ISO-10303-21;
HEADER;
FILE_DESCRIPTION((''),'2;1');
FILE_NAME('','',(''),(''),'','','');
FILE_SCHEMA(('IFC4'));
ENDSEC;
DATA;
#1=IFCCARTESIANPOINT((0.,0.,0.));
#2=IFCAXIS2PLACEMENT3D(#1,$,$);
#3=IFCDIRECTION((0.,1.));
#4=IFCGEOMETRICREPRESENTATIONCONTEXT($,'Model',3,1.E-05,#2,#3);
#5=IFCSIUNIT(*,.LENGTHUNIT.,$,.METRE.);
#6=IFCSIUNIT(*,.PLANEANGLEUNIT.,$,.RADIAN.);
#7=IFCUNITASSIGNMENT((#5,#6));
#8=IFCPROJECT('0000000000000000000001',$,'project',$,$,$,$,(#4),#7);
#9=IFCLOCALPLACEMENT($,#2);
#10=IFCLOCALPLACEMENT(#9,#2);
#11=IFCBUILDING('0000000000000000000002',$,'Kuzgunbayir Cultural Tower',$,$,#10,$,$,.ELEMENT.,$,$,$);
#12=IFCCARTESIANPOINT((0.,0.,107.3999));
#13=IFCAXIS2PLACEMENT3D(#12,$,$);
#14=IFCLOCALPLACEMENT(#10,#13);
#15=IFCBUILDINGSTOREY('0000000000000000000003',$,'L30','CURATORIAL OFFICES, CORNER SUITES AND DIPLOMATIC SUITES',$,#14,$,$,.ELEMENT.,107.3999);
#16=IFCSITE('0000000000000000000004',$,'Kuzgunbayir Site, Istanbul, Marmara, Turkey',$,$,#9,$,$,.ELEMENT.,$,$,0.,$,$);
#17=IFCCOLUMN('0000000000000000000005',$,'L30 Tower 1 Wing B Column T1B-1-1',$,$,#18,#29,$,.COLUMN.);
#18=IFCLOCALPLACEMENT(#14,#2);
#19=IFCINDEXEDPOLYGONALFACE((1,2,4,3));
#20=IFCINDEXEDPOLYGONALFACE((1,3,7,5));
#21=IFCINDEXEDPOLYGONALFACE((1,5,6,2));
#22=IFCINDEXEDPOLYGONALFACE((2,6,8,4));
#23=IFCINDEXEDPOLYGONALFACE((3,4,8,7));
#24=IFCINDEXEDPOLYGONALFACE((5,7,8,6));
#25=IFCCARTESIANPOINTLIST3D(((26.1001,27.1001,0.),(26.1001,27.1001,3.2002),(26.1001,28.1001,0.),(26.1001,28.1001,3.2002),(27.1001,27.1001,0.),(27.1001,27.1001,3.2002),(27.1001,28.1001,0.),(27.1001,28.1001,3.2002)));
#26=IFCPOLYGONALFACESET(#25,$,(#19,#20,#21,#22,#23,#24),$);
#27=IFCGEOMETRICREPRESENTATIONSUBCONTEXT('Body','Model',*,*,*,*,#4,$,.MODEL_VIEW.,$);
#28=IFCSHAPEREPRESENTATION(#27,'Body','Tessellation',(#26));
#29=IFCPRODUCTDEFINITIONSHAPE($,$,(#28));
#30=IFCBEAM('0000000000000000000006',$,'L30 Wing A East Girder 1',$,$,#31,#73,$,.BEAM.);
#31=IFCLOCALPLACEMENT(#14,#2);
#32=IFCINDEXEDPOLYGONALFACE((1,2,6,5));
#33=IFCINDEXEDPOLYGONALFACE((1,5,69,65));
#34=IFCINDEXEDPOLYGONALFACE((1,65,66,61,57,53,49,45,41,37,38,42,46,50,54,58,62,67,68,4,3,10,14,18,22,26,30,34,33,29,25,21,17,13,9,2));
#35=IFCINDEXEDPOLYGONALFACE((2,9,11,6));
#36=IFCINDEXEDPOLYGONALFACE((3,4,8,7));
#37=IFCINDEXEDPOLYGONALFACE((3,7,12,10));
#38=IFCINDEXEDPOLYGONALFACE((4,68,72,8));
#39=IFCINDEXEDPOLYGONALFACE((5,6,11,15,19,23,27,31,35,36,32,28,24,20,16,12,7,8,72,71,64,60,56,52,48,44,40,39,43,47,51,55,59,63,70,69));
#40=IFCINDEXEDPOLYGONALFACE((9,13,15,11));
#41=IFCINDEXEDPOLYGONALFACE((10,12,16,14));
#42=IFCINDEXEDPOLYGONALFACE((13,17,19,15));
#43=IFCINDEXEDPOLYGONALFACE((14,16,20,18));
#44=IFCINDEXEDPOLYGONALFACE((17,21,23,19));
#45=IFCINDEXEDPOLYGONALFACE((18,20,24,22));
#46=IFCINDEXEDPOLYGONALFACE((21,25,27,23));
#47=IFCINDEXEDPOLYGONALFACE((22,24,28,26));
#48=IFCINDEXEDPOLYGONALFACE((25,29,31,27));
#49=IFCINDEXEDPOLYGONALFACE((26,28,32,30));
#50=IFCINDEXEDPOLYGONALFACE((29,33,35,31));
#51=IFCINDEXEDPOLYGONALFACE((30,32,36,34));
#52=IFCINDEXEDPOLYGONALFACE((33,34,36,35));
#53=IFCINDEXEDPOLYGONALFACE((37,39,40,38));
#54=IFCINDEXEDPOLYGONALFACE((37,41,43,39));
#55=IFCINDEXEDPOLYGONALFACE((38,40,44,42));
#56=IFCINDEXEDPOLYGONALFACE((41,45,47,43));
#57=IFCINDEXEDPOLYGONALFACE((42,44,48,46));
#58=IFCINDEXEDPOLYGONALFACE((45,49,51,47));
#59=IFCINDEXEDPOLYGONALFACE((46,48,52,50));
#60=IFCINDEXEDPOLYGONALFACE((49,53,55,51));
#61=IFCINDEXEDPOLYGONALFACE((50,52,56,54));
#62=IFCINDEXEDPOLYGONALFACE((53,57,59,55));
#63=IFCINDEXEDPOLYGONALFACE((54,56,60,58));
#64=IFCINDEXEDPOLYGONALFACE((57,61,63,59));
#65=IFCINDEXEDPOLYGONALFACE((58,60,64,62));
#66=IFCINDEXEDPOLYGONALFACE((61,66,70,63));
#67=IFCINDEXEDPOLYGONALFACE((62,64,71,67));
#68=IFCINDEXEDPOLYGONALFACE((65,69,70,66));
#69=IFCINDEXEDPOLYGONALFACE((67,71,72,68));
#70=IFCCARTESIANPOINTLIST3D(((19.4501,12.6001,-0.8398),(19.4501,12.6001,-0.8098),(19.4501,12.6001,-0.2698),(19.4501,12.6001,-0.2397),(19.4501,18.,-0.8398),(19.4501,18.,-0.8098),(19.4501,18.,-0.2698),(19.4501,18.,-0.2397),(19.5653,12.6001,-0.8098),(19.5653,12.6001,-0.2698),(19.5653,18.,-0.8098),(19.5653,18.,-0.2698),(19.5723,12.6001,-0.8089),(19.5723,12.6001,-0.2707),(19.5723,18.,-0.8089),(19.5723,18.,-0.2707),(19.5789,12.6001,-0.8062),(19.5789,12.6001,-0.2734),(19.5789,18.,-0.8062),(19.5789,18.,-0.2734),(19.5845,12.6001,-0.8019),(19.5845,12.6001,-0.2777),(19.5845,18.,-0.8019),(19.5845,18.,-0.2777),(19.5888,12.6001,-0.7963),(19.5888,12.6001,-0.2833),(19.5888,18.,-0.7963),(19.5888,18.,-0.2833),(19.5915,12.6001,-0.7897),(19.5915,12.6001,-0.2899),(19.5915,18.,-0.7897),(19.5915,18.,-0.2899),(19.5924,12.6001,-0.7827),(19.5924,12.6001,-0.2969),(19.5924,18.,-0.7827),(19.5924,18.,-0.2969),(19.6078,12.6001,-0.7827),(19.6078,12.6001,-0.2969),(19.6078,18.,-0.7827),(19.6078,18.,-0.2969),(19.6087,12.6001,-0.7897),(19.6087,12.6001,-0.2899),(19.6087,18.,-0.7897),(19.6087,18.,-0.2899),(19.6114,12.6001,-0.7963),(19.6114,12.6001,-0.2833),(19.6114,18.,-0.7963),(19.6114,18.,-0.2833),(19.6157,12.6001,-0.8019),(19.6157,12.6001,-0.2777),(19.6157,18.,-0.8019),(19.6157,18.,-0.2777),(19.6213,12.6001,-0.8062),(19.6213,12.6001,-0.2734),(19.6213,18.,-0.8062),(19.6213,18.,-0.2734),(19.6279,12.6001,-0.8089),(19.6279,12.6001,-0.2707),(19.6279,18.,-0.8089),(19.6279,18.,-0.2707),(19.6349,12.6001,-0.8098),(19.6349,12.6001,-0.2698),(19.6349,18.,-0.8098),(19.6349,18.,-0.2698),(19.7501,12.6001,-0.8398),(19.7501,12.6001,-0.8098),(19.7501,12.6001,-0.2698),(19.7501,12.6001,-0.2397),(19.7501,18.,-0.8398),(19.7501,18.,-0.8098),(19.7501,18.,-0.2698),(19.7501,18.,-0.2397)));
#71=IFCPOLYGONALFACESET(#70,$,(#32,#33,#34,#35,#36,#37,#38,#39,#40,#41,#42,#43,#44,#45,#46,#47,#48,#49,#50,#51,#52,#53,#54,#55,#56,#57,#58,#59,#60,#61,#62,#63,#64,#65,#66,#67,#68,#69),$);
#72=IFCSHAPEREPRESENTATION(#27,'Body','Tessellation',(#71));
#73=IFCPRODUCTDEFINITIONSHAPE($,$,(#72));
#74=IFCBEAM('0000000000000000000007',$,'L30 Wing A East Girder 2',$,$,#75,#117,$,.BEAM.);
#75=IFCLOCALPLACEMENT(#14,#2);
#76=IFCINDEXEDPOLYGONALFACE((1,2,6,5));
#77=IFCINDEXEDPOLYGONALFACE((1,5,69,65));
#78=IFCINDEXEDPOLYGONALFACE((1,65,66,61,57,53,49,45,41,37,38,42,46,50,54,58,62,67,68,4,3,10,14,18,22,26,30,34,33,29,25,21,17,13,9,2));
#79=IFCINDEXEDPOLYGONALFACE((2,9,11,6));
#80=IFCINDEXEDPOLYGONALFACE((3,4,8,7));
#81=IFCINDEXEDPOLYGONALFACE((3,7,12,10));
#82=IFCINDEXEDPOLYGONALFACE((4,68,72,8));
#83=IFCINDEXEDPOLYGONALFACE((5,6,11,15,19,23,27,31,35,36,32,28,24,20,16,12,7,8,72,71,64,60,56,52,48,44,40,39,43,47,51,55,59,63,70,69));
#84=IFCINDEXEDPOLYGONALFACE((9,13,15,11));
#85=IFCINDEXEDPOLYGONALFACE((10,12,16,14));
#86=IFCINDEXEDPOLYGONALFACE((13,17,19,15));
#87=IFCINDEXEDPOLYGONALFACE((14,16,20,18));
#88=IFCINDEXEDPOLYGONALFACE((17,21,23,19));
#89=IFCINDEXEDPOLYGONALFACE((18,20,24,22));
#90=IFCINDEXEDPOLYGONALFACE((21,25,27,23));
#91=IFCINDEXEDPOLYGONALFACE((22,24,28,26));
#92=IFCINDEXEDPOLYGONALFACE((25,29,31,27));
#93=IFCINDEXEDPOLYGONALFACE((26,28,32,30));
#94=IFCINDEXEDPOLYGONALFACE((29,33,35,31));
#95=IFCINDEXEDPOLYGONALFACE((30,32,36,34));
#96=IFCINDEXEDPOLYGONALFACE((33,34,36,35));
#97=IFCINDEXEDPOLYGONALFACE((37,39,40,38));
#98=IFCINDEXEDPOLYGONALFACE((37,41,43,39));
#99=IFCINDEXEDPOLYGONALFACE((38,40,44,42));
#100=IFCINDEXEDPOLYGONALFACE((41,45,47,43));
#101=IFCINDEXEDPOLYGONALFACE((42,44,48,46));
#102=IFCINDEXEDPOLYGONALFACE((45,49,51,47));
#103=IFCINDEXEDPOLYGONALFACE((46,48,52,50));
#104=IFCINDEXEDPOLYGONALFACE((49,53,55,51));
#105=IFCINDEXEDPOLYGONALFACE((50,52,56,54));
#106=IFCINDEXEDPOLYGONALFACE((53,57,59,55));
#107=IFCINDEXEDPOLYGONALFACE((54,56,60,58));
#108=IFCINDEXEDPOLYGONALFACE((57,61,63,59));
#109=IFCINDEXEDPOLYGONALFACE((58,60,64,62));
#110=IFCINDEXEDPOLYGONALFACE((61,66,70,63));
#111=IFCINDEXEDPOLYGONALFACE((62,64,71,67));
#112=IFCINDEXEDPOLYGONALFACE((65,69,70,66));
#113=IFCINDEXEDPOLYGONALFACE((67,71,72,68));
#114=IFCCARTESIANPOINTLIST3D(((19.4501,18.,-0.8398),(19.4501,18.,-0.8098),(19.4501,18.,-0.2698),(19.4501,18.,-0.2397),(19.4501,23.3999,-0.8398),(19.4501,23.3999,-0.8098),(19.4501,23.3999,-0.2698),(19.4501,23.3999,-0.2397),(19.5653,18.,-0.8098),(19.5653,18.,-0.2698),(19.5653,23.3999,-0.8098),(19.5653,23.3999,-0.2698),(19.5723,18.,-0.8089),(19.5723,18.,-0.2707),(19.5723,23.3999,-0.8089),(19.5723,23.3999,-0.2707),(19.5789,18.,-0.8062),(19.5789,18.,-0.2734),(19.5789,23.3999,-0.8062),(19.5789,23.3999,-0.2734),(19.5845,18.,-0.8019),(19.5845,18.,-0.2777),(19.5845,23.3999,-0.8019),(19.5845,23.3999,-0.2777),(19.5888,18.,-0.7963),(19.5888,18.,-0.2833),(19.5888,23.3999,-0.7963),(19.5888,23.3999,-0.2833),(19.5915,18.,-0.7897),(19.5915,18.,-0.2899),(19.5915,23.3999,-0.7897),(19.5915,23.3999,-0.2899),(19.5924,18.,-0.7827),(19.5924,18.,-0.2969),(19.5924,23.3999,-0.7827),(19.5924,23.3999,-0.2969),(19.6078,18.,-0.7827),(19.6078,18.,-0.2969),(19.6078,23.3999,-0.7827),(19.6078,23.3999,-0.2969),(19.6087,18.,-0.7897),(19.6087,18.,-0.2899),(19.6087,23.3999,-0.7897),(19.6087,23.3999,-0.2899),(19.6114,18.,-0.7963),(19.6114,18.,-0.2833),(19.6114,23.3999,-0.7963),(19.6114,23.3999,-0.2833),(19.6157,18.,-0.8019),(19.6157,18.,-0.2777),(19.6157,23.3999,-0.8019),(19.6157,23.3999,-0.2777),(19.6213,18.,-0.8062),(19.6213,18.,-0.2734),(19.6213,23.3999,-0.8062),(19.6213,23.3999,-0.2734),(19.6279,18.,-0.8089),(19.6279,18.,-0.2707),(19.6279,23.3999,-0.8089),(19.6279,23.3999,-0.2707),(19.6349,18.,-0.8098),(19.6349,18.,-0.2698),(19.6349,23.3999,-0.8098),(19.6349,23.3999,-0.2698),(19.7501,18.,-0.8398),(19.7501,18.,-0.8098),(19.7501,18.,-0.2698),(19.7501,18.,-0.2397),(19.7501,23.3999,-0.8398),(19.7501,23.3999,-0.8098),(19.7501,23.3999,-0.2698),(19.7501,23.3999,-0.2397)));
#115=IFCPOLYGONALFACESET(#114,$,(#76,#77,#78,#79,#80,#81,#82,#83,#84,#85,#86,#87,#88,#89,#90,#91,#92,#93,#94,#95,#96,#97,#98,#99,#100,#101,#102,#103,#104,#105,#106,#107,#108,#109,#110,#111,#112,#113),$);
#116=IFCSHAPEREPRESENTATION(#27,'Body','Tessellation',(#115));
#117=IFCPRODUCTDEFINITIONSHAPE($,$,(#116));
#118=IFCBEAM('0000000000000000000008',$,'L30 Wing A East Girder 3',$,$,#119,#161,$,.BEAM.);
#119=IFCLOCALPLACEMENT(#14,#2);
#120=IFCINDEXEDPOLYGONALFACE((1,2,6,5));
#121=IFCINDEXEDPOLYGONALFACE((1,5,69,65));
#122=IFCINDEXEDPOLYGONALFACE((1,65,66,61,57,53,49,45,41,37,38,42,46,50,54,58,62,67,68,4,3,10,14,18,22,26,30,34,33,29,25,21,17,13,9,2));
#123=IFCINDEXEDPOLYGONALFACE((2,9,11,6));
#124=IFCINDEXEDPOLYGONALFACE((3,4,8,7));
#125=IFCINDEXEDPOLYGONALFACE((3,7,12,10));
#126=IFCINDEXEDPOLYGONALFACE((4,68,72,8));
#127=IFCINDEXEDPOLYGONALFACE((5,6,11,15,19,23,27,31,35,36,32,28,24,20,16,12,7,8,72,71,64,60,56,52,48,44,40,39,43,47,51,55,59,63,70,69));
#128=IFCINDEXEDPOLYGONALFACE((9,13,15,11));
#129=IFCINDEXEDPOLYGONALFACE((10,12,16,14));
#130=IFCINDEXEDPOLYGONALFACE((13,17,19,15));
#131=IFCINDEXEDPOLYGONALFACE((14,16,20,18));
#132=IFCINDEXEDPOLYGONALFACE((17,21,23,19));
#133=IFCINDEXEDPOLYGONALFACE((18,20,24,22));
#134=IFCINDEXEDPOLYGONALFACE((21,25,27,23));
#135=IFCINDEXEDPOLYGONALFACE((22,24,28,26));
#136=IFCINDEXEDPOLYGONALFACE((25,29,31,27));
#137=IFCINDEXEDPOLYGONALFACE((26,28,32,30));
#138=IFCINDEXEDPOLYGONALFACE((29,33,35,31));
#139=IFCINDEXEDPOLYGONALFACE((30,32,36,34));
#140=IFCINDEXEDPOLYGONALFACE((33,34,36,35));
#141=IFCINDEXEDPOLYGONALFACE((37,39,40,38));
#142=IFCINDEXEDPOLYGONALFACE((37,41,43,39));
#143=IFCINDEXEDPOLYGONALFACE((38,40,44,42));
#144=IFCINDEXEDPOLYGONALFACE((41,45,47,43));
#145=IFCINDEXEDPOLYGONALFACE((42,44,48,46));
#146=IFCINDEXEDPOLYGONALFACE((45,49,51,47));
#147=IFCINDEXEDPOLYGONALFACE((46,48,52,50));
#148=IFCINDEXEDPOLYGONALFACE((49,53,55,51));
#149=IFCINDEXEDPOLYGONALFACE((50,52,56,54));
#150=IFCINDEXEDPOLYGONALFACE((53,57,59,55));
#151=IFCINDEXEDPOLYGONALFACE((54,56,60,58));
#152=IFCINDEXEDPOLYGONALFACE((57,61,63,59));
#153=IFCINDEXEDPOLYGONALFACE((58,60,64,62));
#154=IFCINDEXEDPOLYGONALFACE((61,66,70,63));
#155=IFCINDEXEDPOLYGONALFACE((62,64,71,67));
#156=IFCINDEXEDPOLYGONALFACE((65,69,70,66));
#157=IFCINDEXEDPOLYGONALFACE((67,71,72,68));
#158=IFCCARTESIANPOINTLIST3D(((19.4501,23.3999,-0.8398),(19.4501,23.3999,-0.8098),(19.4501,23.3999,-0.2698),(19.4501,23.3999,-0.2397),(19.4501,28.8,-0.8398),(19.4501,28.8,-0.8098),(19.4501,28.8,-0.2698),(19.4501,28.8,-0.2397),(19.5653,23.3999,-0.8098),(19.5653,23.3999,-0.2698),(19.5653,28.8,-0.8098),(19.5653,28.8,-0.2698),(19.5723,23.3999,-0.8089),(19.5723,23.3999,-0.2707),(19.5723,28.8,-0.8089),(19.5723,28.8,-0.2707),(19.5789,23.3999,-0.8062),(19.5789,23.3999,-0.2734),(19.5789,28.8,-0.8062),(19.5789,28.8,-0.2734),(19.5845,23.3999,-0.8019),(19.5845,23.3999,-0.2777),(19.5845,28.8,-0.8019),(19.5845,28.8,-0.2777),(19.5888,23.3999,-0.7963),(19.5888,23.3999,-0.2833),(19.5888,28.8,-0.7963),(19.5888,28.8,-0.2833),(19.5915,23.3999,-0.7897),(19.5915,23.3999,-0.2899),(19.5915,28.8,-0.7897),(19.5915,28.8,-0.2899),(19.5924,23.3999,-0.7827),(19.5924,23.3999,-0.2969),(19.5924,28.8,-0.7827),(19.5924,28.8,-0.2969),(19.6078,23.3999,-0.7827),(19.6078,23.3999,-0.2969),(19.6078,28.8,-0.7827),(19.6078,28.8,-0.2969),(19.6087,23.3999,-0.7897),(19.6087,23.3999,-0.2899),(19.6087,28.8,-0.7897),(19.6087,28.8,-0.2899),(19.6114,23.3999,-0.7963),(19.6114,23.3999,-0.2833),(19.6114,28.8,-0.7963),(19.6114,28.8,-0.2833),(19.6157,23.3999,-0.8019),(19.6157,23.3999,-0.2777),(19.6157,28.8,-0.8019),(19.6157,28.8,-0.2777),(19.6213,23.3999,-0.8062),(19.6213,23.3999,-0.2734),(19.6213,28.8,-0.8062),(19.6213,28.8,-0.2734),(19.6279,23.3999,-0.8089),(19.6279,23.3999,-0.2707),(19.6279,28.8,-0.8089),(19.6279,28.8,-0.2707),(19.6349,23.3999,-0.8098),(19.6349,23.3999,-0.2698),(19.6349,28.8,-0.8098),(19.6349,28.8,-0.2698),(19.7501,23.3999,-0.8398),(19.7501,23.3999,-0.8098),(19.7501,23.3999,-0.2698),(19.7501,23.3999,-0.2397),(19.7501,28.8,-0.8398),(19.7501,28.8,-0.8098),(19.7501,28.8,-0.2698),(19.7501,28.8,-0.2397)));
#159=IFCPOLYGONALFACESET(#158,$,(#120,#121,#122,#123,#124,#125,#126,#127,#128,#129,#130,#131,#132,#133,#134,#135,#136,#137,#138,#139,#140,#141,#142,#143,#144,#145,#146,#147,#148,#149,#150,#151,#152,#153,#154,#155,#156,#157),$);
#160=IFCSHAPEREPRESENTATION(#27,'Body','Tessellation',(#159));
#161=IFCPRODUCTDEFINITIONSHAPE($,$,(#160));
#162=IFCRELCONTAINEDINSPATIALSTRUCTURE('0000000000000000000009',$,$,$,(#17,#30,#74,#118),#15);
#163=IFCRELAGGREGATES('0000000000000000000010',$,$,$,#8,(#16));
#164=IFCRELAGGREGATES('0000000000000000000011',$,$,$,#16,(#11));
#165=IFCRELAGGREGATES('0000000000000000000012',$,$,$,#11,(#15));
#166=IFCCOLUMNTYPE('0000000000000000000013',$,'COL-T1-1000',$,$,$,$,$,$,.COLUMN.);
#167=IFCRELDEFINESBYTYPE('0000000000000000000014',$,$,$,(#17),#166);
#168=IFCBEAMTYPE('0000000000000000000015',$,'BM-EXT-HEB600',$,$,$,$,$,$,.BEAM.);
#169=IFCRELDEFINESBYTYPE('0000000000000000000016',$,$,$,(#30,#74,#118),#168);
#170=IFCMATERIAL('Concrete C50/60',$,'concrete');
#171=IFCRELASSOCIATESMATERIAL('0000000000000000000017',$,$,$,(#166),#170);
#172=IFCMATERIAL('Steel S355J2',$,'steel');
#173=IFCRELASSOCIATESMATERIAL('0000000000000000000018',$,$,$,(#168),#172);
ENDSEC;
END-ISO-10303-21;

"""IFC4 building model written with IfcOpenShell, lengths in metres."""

from ifc_helpers import new_model, si_unit, direction, frame, origin, origin_2d, place, context, subcontext, project, spatial, rectangle, i_section, extrude, material, material_profile, profile_set, type_object, element, save


model = new_model("IFC4")

# Units and contexts
model_context = context("Model", 3, precision=1e-05, world=origin(), true_north=direction((0.0, 1.0)))
body_context = subcontext(model_context, "Body", "Model", "MODEL_VIEW")
ifc_project = project(units=[si_unit("LENGTHUNIT", "METRE"), si_unit("PLANEANGLEUNIT", "RADIAN")], contexts=[model_context])

# Site, building, storey
site_placement = place(None, origin())
site = spatial("IfcSite", under=ifc_project, at=site_placement, Name="Kuzgunbayir Site, Istanbul, Marmara, Turkey", CompositionType="ELEMENT", RefElevation=0.0)
building_placement = place(site_placement, origin())
building = spatial("IfcBuilding", under=site, at=building_placement, Name="Kuzgunbayir Cultural Tower", CompositionType="ELEMENT")
storey_placement = place(building_placement, frame((0.0, 0.0, 107.3999)))
storey = spatial("IfcBuildingStorey", under=building, at=storey_placement, Name="L30", Description="CURATORIAL OFFICES, CORNER SUITES AND DIPLOMATIC SUITES", CompositionType="ELEMENT", Elevation=107.3999)

# Column
ifc_material_1 = material(Name="Concrete C50/60", Category="concrete")
ifc_material_profile_1 = material_profile(ifc_material_1, rectangle(XDim=1.0, YDim=1.0, at=origin_2d()), Name="RC 1000x1000")
ifc_profile_set_1 = profile_set([ifc_material_profile_1], Name="Concrete C50/60")
column_type = type_object("IfcColumnType", Name="COL-T1-1000", PredefinedType="COLUMN", material=ifc_profile_set_1)
column_placement = place(storey_placement, frame((26.6001, 27.6001, 0.0), z_axis=(0.0, 0.0, 1.0), x_axis=(1.0, 0.0, 0.0)))
element("IfcColumn", 1, at=column_placement, inside=storey, type_object=column_type, Name="L30 Tower 1 Wing B Column T1B-1-1", PredefinedType="COLUMN", context=body_context, shape_type="SweptSolid", body=[
    extrude(rectangle(XDim=1.0, YDim=1.0, at=origin_2d()), origin(), (0.0, 0.0, 1.0), 3.2002),
])

# Beams
ifc_material_2 = material(Name="Steel S355J2", Category="steel")
ifc_material_profile_2 = material_profile(ifc_material_2, i_section(OverallWidth=0.3, OverallDepth=0.6001, WebThickness=0.0154, FlangeThickness=0.03, FilletRadius=0.0271, at=origin_2d()), Name="HEB 600")
ifc_profile_set_2 = profile_set([ifc_material_profile_2], Name="Steel S355J2")
beam_type = type_object("IfcBeamType", Name="BM-EXT-HEB600", PredefinedType="BEAM", material=ifc_profile_set_2)
for number, where, z_axis, x_axis, name in (
    (2, (19.6001, 12.6001, -0.5398), (0.0, 1.0, 0.0), (-1.0, 0.0, 0.0), "L30 Wing A East Girder 1"),
    (3, (19.6001, 18.0, -0.5398), (0.0, 1.0, 0.0), (-1.0, 0.0, 0.0), "L30 Wing A East Girder 2"),
):
    element("IfcBeam", number, at=place(storey_placement, frame(where, z_axis=z_axis, x_axis=x_axis)), inside=storey, type_object=beam_type, Name=name, PredefinedType="BEAM", context=body_context, shape_type="SweptSolid", body=[
        extrude(i_section(OverallWidth=0.3, OverallDepth=0.6001, WebThickness=0.0154, FlangeThickness=0.03, FilletRadius=0.0271, at=origin_2d()), origin(), (0.0, 0.0, 1.0), 5.3999),
    ])
beam_1_placement = place(storey_placement, frame((19.6001, 23.3999, -0.5398), z_axis=(0.0, 1.0, 0.0), x_axis=(-1.0, 0.0, 0.0)))
element("IfcBeam", 4, at=beam_1_placement, inside=storey, type_object=beam_type, Name="L30 Wing A East Girder 3", PredefinedType="BEAM", context=body_context, shape_type="SweptSolid", body=[
    extrude(i_section(OverallWidth=0.3, OverallDepth=0.6001, WebThickness=0.0154, FlangeThickness=0.03, FilletRadius=0.0271, at=origin_2d()), origin(), (0.0, 0.0, 1.0), 5.4001),
])

save(model, "model.ifc")
